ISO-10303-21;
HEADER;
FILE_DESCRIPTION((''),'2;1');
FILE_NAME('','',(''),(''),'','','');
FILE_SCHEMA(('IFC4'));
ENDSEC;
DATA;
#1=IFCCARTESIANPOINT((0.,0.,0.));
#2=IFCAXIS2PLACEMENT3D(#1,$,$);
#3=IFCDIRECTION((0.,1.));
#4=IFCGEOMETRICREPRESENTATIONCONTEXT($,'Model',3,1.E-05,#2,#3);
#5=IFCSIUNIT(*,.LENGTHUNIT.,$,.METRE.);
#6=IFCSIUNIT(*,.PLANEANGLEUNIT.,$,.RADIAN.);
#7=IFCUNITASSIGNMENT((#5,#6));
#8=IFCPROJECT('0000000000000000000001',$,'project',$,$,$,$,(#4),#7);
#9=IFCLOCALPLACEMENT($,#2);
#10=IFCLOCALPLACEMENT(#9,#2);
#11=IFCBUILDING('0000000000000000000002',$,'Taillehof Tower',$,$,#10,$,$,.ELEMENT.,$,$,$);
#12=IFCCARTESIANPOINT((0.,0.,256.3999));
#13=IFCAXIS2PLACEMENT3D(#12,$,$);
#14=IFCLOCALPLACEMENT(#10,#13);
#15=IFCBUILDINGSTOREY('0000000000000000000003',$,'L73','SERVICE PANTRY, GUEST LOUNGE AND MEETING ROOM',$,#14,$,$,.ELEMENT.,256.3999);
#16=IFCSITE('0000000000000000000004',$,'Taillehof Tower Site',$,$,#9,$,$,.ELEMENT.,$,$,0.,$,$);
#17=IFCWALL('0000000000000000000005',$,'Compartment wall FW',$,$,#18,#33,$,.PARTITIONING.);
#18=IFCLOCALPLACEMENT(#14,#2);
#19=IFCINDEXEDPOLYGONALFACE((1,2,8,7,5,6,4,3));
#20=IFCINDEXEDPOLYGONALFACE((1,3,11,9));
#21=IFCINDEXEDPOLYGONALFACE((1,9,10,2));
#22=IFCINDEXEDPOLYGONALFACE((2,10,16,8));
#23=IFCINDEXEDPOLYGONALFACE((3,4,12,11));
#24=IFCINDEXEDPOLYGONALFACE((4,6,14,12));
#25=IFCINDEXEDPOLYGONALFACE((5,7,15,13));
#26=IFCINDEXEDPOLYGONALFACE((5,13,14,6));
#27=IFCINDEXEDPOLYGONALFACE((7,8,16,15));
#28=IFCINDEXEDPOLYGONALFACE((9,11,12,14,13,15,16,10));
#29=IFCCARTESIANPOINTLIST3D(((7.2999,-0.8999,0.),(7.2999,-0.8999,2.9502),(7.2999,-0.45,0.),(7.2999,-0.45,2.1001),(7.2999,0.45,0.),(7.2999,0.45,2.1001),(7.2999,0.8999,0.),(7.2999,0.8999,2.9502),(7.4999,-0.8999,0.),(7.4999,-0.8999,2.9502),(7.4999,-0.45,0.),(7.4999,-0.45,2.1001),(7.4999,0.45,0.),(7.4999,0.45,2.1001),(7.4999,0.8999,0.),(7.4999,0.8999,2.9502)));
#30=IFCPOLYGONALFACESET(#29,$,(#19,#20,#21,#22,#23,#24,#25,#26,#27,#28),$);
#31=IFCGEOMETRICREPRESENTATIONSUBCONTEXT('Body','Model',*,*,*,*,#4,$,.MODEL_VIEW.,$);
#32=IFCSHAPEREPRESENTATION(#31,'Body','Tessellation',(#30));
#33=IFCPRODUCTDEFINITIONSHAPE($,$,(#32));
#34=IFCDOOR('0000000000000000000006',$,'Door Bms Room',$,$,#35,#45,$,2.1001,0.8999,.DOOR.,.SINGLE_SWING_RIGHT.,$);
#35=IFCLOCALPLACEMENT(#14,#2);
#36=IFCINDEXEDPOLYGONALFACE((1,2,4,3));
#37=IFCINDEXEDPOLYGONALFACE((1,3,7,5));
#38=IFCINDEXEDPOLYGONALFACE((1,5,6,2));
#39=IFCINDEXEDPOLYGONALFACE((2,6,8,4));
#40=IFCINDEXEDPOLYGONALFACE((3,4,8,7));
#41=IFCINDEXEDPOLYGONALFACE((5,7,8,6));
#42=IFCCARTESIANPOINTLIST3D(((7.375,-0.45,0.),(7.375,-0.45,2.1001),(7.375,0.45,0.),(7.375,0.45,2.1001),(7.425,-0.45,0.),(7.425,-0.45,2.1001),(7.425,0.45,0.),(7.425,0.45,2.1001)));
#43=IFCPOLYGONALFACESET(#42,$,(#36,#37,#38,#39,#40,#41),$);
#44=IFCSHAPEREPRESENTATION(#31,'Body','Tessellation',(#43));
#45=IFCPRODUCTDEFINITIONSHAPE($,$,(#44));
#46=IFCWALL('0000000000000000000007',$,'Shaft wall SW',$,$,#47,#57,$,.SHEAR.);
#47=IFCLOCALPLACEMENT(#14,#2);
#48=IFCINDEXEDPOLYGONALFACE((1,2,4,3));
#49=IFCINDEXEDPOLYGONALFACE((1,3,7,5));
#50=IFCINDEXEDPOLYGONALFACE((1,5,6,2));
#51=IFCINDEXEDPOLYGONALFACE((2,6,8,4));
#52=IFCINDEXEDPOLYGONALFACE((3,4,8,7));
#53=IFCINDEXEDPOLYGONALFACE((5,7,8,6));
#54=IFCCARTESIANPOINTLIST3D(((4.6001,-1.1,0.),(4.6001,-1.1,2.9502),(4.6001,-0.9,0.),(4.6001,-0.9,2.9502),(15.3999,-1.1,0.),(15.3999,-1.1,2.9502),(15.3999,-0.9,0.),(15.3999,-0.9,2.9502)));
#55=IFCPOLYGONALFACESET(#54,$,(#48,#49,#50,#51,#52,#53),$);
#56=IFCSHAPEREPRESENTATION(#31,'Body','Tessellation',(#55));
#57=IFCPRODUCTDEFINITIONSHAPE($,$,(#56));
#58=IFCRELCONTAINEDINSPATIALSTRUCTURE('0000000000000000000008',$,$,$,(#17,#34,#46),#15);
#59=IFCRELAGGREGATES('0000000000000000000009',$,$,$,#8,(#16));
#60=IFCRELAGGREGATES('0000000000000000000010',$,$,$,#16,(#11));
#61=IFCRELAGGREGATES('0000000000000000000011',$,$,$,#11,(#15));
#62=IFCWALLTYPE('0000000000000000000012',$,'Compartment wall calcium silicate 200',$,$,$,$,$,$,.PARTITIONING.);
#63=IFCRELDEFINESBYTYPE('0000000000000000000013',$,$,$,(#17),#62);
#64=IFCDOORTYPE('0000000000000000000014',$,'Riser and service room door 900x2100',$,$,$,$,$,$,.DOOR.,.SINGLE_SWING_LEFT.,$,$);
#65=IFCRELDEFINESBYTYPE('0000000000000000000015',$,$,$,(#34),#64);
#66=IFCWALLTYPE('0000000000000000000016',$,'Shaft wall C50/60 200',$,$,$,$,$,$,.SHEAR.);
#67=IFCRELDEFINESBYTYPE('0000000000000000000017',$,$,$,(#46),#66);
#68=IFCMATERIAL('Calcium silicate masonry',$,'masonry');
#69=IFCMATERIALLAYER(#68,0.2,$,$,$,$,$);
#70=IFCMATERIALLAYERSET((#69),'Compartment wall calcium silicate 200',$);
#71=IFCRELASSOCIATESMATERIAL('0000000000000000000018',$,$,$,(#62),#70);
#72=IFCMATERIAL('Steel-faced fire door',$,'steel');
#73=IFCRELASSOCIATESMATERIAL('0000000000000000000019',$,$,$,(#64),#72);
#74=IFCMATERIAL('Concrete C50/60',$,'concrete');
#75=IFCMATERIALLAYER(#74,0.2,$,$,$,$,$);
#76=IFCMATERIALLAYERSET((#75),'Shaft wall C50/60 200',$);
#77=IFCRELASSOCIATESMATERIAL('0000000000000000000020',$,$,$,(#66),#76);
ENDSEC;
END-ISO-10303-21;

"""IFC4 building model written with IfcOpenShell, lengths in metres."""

from ifc_helpers import new_model, si_unit, direction, frame, frame_2d, origin, place, context, subcontext, project, spatial, rectangle, extrude, material, layer, layer_set, type_object, element, fill, save


model = new_model("IFC4")

# Units and contexts
model_context = context("Model", 3, precision=1e-05, world=origin(), true_north=direction((0.0, 1.0)))
body_context = subcontext(model_context, "Body", "Model", "MODEL_VIEW")
ifc_project = project(units=[si_unit("LENGTHUNIT", "METRE"), si_unit("PLANEANGLEUNIT", "RADIAN")], contexts=[model_context])

# Site, building, storey
site_placement = place(None, origin())
site = spatial("IfcSite", under=ifc_project, at=site_placement, Name="Taillehof Tower Site", CompositionType="ELEMENT", RefElevation=0.0)
building_placement = place(site_placement, origin())
building = spatial("IfcBuilding", under=site, at=building_placement, Name="Taillehof Tower", CompositionType="ELEMENT")
storey_placement = place(building_placement, frame((0.0, 0.0, 256.3999)))
storey = spatial("IfcBuildingStorey", under=building, at=storey_placement, Name="L73", Description="SERVICE PANTRY, GUEST LOUNGE AND MEETING ROOM", CompositionType="ELEMENT", Elevation=256.3999)

# Wall, opening, door
ifc_material_1 = material(Name="Calcium silicate masonry", Category="masonry")
ifc_layer_1 = layer(ifc_material_1, 0.2)
ifc_layer_set_1 = layer_set([ifc_layer_1], Name="Compartment wall calcium silicate 200")
wall_type_1 = type_object("IfcWallType", Name="Compartment wall calcium silicate 200", PredefinedType="PARTITIONING", material=ifc_layer_set_1)
wall_1_placement = place(storey_placement, frame((7.3999, -0.8999, 0.0), z_axis=(0.0, 0.0, 1.0), x_axis=(0.0, 1.0, 0.0)))
wall_1 = element("IfcWall", 1, at=wall_1_placement, inside=storey, type_object=wall_type_1, Name="Compartment wall FW", PredefinedType="PARTITIONING", context=body_context, shape_type="SweptSolid", body=[
    extrude(rectangle(XDim=1.7998, YDim=0.2, at=frame_2d((0.8999, 0.0))), origin(), (0.0, 0.0, 1.0), 2.9502),
])
opening_placement = place(wall_1_placement, frame((0.45, 0.0, 0.0)))
opening = element("IfcOpeningElement", 2, at=opening_placement, cuts=wall_1, PredefinedType="OPENING", context=body_context, shape_type="SweptSolid", body=[
    extrude(rectangle(XDim=0.8999, YDim=2.1001, at=frame_2d((0.45, 1.05))), frame((0.0, 0.1099, 0.0), z_axis=(0.0, -1.0, 0.0), x_axis=(1.0, 0.0, 0.0)), (0.0, 0.0, 1.0), 0.22),
])
ifc_material_2 = material(Name="Steel-faced fire door", Category="steel")
door_type = type_object("IfcDoorType", Name="Riser and service room door 900x2100", OperationType="SINGLE_SWING_LEFT", PredefinedType="DOOR", material=ifc_material_2)
door_placement = place(opening_placement, origin())
door = element("IfcDoor", 3, at=door_placement, inside=storey, type_object=door_type, Name="Door Bms Room", OperationType="SINGLE_SWING_RIGHT", OverallHeight=2.1001, OverallWidth=0.8999, PredefinedType="DOOR", context=body_context, shape_type="SweptSolid", body=[
    extrude(rectangle(XDim=0.8999, YDim=2.1001, at=frame_2d((0.45, 1.05))), frame((0.0, 0.0249, 0.0), z_axis=(0.0, -1.0, 0.0), x_axis=(1.0, 0.0, 0.0)), (0.0, 0.0, 1.0), 0.05),
])
fill(opening, door)

# Wall
ifc_material_3 = material(Name="Concrete C50/60", Category="concrete")
ifc_layer_2 = layer(ifc_material_3, 0.2)
ifc_layer_set_2 = layer_set([ifc_layer_2], Name="Shaft wall C50/60 200")
wall_type_2 = type_object("IfcWallType", Name="Shaft wall C50/60 200", PredefinedType="SHEAR", material=ifc_layer_set_2)
wall_2_placement = place(storey_placement, frame((4.6001, -1.0, 0.0), z_axis=(0.0, 0.0, 1.0), x_axis=(1.0, 0.0, 0.0)))
element("IfcWall", 4, at=wall_2_placement, inside=storey, type_object=wall_type_2, Name="Shaft wall SW", PredefinedType="SHEAR", context=body_context, shape_type="SweptSolid", body=[
    extrude(rectangle(XDim=10.7998, YDim=0.2, at=frame_2d((5.3999, 0.0))), origin(), (0.0, 0.0, 1.0), 2.9502),
])

save(model, "model.ifc")
